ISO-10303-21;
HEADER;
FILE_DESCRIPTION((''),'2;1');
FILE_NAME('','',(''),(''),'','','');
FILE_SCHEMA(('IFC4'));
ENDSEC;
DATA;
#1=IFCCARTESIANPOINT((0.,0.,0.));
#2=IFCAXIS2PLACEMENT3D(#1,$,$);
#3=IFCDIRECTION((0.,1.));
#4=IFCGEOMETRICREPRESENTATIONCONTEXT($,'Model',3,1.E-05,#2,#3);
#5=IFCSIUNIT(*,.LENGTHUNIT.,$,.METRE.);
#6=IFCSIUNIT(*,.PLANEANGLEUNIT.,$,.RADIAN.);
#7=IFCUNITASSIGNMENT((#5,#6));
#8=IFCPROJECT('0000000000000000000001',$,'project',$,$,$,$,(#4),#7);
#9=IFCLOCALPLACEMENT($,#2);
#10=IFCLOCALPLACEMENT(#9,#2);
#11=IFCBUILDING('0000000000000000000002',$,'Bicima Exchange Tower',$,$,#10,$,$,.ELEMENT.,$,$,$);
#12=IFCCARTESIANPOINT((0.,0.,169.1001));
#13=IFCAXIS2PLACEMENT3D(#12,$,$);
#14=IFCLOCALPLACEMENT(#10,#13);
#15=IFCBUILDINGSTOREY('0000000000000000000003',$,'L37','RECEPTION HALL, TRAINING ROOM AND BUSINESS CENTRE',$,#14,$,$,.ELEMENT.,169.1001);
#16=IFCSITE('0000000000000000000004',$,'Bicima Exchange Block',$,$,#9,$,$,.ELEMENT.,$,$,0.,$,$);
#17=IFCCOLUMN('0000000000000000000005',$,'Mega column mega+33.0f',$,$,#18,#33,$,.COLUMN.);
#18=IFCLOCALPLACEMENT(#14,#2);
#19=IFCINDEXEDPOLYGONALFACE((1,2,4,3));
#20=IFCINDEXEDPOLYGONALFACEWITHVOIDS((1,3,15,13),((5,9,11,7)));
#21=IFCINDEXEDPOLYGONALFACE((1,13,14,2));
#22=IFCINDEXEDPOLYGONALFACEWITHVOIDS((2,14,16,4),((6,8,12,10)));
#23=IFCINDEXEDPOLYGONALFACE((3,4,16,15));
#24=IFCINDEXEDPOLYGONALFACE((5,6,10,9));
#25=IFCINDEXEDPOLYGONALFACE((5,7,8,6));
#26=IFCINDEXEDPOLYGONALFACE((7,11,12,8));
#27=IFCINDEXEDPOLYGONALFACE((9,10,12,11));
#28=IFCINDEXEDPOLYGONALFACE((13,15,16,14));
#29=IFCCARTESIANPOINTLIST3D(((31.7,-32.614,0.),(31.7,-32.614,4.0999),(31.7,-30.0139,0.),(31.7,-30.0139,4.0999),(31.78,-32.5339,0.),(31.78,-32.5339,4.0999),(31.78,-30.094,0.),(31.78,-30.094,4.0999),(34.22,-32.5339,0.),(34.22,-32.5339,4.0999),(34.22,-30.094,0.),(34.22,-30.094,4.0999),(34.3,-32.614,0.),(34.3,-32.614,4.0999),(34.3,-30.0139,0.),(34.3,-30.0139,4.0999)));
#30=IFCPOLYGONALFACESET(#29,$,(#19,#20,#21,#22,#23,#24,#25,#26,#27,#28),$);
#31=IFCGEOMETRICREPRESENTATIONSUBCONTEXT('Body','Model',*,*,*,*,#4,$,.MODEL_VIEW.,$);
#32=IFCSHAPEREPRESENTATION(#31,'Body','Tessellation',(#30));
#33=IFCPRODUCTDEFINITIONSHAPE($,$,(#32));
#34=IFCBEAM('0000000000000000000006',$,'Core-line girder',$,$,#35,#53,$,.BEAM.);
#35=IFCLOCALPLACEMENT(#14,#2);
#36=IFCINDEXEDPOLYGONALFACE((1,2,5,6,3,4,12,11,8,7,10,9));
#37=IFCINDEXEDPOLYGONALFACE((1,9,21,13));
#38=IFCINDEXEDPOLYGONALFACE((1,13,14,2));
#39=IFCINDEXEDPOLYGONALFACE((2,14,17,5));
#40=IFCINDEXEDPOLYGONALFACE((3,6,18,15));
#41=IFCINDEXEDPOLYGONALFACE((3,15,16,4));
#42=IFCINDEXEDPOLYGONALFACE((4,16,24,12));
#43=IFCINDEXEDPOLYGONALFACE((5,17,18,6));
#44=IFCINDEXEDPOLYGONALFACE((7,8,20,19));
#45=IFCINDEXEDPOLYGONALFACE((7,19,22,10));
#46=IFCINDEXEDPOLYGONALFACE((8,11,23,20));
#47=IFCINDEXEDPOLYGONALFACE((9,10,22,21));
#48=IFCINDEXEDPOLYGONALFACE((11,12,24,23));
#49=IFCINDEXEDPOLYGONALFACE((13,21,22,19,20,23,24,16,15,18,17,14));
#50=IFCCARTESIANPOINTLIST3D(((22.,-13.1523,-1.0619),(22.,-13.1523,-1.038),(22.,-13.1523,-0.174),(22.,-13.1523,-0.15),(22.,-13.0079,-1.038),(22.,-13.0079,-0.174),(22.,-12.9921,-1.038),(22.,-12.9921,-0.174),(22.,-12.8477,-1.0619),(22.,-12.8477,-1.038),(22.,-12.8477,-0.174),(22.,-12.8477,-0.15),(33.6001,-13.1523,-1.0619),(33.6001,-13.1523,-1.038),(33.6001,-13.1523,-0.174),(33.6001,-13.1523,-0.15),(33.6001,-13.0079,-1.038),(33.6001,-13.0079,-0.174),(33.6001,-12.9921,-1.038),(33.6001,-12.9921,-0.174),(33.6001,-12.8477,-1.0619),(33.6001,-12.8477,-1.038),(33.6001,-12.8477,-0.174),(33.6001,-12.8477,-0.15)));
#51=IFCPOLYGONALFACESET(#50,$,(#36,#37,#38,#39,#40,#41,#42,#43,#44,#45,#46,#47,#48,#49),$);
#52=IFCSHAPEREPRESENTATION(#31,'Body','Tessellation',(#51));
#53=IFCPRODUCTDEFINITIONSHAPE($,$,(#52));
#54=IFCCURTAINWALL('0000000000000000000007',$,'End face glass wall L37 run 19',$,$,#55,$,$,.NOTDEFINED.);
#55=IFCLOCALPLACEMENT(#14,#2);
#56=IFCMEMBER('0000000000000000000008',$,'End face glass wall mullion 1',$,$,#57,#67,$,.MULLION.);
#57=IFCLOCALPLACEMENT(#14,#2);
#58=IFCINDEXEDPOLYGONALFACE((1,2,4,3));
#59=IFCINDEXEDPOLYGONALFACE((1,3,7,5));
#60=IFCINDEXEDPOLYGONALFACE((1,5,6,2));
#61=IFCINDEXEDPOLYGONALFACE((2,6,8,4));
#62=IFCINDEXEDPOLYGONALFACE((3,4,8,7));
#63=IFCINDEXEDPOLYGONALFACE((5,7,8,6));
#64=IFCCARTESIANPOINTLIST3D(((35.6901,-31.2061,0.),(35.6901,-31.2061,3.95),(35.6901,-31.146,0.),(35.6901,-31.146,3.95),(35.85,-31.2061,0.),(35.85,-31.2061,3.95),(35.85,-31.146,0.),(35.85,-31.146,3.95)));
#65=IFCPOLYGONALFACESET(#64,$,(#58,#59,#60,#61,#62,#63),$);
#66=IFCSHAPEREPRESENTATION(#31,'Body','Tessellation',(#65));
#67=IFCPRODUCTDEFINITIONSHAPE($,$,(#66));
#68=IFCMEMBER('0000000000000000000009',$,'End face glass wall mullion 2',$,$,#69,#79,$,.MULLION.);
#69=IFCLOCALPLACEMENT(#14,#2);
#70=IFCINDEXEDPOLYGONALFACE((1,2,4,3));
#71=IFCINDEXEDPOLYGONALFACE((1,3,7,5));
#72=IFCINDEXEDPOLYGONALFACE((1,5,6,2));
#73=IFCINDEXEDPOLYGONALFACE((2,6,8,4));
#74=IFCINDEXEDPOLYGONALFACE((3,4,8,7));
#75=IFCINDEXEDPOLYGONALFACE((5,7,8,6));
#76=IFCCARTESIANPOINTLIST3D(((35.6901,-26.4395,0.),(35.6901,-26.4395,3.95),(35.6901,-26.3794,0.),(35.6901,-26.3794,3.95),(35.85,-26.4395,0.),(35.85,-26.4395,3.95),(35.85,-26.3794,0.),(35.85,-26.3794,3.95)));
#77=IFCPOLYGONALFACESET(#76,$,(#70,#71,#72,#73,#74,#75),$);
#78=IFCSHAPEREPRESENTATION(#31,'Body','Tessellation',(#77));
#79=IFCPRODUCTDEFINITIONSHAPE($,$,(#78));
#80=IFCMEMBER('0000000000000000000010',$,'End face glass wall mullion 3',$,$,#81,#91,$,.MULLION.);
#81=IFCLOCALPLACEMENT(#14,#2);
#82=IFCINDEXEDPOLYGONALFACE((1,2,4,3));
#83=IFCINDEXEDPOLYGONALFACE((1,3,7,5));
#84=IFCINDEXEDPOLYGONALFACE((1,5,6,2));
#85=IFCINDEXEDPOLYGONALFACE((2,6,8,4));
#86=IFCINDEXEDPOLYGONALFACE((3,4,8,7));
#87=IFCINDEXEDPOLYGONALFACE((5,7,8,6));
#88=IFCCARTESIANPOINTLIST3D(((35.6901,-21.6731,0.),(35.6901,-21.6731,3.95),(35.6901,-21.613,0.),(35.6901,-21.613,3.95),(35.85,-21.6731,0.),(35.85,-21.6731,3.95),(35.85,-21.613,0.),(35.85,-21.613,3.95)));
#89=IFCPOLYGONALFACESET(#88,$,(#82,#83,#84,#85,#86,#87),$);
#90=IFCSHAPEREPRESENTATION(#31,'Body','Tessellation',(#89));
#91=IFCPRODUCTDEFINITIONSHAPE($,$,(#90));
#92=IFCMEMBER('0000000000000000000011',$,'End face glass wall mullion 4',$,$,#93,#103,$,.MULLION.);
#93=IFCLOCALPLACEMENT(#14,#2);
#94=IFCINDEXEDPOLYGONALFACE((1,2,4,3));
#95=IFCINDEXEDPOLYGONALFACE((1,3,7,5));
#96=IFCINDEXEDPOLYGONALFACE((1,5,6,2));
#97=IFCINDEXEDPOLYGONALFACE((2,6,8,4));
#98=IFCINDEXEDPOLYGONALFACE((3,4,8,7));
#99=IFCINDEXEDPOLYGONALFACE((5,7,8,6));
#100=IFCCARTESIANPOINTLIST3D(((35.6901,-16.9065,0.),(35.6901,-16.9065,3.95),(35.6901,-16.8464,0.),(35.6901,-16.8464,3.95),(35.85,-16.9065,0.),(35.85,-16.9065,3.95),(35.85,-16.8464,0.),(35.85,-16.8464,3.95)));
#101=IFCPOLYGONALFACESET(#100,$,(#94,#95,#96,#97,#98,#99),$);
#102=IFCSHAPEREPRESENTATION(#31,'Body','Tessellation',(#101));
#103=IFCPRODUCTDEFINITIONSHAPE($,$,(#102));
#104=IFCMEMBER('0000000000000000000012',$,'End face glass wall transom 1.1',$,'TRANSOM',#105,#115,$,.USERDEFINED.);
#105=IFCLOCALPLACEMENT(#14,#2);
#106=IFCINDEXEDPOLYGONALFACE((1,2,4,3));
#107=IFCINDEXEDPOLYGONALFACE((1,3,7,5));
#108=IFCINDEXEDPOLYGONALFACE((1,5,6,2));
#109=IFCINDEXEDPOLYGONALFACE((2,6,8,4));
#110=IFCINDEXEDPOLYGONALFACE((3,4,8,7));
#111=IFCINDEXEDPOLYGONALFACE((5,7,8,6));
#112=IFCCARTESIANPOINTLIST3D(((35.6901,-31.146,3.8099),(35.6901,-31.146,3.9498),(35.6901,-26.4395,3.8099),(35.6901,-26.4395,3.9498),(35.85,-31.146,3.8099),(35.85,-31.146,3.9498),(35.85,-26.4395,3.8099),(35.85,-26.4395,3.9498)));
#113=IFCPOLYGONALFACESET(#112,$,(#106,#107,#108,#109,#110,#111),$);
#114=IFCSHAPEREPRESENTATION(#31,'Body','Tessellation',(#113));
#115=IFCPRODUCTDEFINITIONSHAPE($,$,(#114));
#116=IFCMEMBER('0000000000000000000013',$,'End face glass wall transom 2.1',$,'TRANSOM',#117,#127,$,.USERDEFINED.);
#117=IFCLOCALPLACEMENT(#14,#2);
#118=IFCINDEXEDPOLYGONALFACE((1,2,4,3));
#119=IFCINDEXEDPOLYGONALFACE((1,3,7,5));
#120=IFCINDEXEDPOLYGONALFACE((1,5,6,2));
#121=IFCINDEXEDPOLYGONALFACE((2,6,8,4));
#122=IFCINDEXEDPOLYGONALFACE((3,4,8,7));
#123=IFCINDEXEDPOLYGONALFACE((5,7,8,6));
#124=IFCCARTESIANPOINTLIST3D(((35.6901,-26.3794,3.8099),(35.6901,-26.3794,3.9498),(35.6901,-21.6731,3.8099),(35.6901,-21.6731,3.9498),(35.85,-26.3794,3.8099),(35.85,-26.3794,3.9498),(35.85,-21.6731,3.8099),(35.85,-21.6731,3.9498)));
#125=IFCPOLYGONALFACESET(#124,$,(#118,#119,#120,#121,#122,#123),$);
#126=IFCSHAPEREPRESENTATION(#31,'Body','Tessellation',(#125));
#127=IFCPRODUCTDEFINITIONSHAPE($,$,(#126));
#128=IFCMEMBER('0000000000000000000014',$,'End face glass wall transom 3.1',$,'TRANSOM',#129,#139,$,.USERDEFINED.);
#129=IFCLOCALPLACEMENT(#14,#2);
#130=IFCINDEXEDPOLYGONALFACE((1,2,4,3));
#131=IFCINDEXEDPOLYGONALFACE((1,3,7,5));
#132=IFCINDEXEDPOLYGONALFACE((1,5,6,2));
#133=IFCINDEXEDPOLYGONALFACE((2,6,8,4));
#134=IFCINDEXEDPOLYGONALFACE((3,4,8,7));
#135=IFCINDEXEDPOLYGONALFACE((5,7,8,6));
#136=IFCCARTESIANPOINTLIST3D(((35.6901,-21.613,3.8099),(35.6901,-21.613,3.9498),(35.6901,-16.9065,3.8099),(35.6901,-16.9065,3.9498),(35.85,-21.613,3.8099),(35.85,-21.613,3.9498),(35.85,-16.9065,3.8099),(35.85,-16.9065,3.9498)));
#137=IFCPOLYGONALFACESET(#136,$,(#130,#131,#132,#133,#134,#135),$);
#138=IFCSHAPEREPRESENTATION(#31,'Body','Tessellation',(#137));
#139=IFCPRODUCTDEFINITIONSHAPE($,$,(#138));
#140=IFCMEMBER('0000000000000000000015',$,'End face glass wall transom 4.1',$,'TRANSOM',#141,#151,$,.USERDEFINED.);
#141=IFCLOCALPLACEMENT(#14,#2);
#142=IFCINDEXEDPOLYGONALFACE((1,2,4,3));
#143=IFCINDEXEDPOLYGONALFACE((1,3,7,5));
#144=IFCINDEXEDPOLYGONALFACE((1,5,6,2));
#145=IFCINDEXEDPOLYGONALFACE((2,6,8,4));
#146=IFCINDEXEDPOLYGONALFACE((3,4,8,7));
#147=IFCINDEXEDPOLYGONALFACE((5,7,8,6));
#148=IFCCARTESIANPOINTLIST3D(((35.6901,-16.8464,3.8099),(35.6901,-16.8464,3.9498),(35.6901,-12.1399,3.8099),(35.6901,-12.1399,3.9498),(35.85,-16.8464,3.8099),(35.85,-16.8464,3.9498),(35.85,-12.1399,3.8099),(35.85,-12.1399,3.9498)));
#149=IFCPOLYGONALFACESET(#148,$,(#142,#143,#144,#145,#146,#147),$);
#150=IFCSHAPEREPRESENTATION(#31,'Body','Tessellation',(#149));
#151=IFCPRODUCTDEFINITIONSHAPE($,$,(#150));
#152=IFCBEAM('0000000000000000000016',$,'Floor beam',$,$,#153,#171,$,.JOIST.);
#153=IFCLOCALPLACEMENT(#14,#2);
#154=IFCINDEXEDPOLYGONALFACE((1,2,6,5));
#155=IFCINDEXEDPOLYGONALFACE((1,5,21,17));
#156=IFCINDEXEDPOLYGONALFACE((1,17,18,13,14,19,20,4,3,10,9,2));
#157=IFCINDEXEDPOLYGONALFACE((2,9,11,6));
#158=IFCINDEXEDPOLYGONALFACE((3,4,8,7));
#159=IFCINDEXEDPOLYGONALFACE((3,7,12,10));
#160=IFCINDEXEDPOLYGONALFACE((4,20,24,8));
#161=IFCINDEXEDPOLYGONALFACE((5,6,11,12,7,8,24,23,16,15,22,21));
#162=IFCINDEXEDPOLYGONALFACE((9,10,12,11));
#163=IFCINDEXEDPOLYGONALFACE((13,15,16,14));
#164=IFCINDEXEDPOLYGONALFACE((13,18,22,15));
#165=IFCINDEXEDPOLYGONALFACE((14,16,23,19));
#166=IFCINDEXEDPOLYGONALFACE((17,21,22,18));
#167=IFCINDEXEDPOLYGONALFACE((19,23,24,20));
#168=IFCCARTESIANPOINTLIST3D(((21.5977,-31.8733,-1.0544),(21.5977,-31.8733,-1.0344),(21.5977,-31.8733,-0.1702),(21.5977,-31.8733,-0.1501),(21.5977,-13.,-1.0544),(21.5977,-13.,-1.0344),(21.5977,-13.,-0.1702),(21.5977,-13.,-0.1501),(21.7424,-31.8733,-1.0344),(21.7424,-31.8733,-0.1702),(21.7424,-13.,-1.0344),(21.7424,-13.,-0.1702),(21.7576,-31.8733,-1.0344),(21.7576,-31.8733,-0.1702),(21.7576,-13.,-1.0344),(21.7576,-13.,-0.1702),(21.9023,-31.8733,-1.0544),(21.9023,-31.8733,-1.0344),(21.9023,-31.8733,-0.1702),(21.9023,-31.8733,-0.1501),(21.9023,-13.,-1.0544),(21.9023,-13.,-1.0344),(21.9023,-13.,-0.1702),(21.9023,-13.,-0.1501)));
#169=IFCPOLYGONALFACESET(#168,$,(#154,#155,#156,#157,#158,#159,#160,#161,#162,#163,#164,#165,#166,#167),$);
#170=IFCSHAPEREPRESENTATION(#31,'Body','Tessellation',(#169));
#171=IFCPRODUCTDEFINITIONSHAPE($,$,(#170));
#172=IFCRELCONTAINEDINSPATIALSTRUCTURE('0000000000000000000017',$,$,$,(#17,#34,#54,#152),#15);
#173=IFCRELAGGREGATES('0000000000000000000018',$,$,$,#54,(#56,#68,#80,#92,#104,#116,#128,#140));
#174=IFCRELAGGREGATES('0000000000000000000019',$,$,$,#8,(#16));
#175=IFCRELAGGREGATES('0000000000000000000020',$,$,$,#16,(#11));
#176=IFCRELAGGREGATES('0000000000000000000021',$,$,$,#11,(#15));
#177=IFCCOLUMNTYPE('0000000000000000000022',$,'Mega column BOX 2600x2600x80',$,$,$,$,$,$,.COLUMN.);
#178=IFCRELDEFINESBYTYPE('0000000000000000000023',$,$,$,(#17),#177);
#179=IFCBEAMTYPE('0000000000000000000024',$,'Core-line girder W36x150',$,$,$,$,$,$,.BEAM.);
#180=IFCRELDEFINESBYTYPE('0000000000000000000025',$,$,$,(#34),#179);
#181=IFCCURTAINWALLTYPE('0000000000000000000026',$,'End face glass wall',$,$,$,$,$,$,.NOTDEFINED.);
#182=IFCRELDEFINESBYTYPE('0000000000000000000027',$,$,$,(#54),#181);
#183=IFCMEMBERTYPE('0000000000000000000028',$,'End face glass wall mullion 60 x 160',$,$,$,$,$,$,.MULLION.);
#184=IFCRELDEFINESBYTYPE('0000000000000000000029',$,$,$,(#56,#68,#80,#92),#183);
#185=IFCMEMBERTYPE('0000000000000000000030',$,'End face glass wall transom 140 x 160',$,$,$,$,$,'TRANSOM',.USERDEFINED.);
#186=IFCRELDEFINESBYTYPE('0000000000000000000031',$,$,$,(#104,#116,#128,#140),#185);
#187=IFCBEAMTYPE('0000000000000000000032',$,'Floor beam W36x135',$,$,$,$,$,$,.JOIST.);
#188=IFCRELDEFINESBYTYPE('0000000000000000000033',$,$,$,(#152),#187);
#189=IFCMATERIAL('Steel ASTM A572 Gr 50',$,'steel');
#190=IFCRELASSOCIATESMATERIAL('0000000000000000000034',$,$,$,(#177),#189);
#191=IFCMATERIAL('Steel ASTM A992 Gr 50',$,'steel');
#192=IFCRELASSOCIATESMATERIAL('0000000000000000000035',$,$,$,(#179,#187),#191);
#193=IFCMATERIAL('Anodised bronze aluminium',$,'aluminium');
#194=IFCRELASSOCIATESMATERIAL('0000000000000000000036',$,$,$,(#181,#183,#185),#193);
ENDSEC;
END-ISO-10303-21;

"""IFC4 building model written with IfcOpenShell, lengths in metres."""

from ifc_helpers import new_model, si_unit, direction, frame, origin, origin_2d, place, context, subcontext, project, spatial, rectangle, hollow_rectangle, i_section, extrude, material, material_profile, profile_set, type_object, element, aggregate, save


model = new_model("IFC4")

# Units and contexts
model_context = context("Model", 3, precision=1e-05, world=origin(), true_north=direction((0.0, 1.0)))
body_context = subcontext(model_context, "Body", "Model", "MODEL_VIEW")
ifc_project = project(units=[si_unit("LENGTHUNIT", "METRE"), si_unit("PLANEANGLEUNIT", "RADIAN")], contexts=[model_context])

# Site, building, storey
site_placement = place(None, origin())
site = spatial("IfcSite", under=ifc_project, at=site_placement, Name="Bicima Exchange Block", CompositionType="ELEMENT", RefElevation=0.0)
building_placement = place(site_placement, origin())
building = spatial("IfcBuilding", under=site, at=building_placement, Name="Bicima Exchange Tower", CompositionType="ELEMENT")
storey_placement = place(building_placement, frame((0.0, 0.0, 169.1001)))
storey = spatial("IfcBuildingStorey", under=building, at=storey_placement, Name="L37", Description="RECEPTION HALL, TRAINING ROOM AND BUSINESS CENTRE", CompositionType="ELEMENT", Elevation=169.1001)

# Column
ifc_material_1 = material(Name="Steel ASTM A572 Gr 50", Category="steel")
ifc_material_profile_1 = material_profile(ifc_material_1, hollow_rectangle(XDim=2.6001, YDim=2.6001, WallThickness=0.0801, at=origin_2d()))
ifc_profile_set_1 = profile_set([ifc_material_profile_1], Name="Steel ASTM A572 Gr 50")
column_type = type_object("IfcColumnType", Name="Mega column BOX 2600x2600x80", PredefinedType="COLUMN", material=ifc_profile_set_1)
column_placement = place(storey_placement, frame((33.0, -31.314, 0.0), z_axis=(0.0, 0.0, 1.0), x_axis=(1.0, 0.0, 0.0)))
element("IfcColumn", 1, at=column_placement, inside=storey, type_object=column_type, Name="Mega column mega+33.0f", PredefinedType="COLUMN", context=body_context, shape_type="SweptSolid", body=[
    extrude(hollow_rectangle(XDim=2.6001, YDim=2.6001, WallThickness=0.0801, at=origin_2d()), origin(), (0.0, 0.0, 1.0), 4.0999),
])

# Beam
ifc_material_2 = material(Name="Steel ASTM A992 Gr 50", Category="steel")
ifc_material_profile_2 = material_profile(ifc_material_2, i_section(OverallWidth=0.3047, OverallDepth=0.9119, WebThickness=0.0159, FlangeThickness=0.0239, at=origin_2d()))
ifc_profile_set_2 = profile_set([ifc_material_profile_2], Name="Steel ASTM A992 Gr 50")
beam_type_1 = type_object("IfcBeamType", Name="Core-line girder W36x150", PredefinedType="BEAM", material=ifc_profile_set_2)
beam_1_placement = place(storey_placement, frame((22.0, -13.0, -0.606), z_axis=(1.0, 0.0, 0.0), x_axis=(0.0, 1.0, 0.0)))
element("IfcBeam", 2, at=beam_1_placement, inside=storey, type_object=beam_type_1, Name="Core-line girder", PredefinedType="BEAM", context=body_context, shape_type="SweptSolid", body=[
    extrude(i_section(OverallWidth=0.3047, OverallDepth=0.9119, WebThickness=0.0159, FlangeThickness=0.0239, at=origin_2d()), origin(), (0.0, 0.0, 1.0), 11.6001),
])

# Curtain wall, members
ifc_material_3 = material(Name="Anodised bronze aluminium", Category="aluminium")
curtain_wall_type_1 = type_object("IfcCurtainWallType", Name="End face glass wall", PredefinedType="NOTDEFINED", material=ifc_material_3)
curtain_wall_1_placement = place(storey_placement, origin())
curtain_wall_1 = element("IfcCurtainWall", 3, at=curtain_wall_1_placement, inside=storey, type_object=curtain_wall_type_1, Name="End face glass wall L37 run 19", PredefinedType="NOTDEFINED")
ifc_material_profile_3 = material_profile(ifc_material_3, rectangle(XDim=0.1599, YDim=0.0601, at=origin_2d()))
ifc_profile_set_3 = profile_set([ifc_material_profile_3], Name="Anodised bronze aluminium")
member_type_1 = type_object("IfcMemberType", Name="End face glass wall mullion 60 x 160", PredefinedType="MULLION", material=ifc_profile_set_3)
member_1_placement = place(storey_placement, frame((35.77, -31.176, 0.0), z_axis=(0.0, 0.0, 1.0), x_axis=(-1.0, 0.0, 0.0)))
member_1 = element("IfcMember", 4, at=member_1_placement, type_object=member_type_1, Name="End face glass wall mullion 1", PredefinedType="MULLION", context=body_context, shape_type="SweptSolid", body=[
    extrude(rectangle(XDim=0.1599, YDim=0.0601, at=origin_2d()), origin(), (0.0, 0.0, 1.0), 3.95),
])
member_2_placement = place(storey_placement, frame((35.77, -26.4094, 0.0), z_axis=(0.0, 0.0, 1.0), x_axis=(-1.0, 0.0, 0.0)))
member_2 = element("IfcMember", 5, at=member_2_placement, type_object=member_type_1, Name="End face glass wall mullion 2", PredefinedType="MULLION", context=body_context, shape_type="SweptSolid", body=[
    extrude(rectangle(XDim=0.1599, YDim=0.0601, at=origin_2d()), origin(), (0.0, 0.0, 1.0), 3.95),
])
member_3_placement = place(storey_placement, frame((35.77, -21.6431, 0.0), z_axis=(0.0, 0.0, 1.0), x_axis=(-1.0, 0.0, 0.0)))
member_3 = element("IfcMember", 6, at=member_3_placement, type_object=member_type_1, Name="End face glass wall mullion 3", PredefinedType="MULLION", context=body_context, shape_type="SweptSolid", body=[
    extrude(rectangle(XDim=0.1599, YDim=0.0601, at=origin_2d()), origin(), (0.0, 0.0, 1.0), 3.95),
])
member_4_placement = place(storey_placement, frame((35.77, -16.8765, 0.0), z_axis=(0.0, 0.0, 1.0), x_axis=(-1.0, 0.0, 0.0)))
member_4 = element("IfcMember", 7, at=member_4_placement, type_object=member_type_1, Name="End face glass wall mullion 4", PredefinedType="MULLION", context=body_context, shape_type="SweptSolid", body=[
    extrude(rectangle(XDim=0.1599, YDim=0.0601, at=origin_2d()), origin(), (0.0, 0.0, 1.0), 3.95),
])
ifc_material_profile_4 = material_profile(ifc_material_3, rectangle(XDim=0.1599, YDim=0.1399, at=origin_2d()))
ifc_profile_set_4 = profile_set([ifc_material_profile_4], Name="Anodised bronze aluminium")
member_type_2 = type_object("IfcMemberType", Name="End face glass wall transom 140 x 160", ElementType="TRANSOM", PredefinedType="USERDEFINED", material=ifc_profile_set_4)
member_5_placement = place(storey_placement, frame((35.77, -31.146, 3.8799), z_axis=(0.0, 1.0, 0.0), x_axis=(-1.0, 0.0, 0.0)))
member_5 = element("IfcMember", 8, at=member_5_placement, type_object=member_type_2, Name="End face glass wall transom 1.1", ObjectType="TRANSOM", PredefinedType="USERDEFINED", context=body_context, shape_type="SweptSolid", body=[
    extrude(rectangle(XDim=0.1599, YDim=0.1399, at=origin_2d()), origin(), (0.0, 0.0, 1.0), 4.7065),
])
member_6_placement = place(storey_placement, frame((35.77, -26.3794, 3.8799), z_axis=(0.0, 1.0, 0.0), x_axis=(-1.0, 0.0, 0.0)))
member_6 = element("IfcMember", 9, at=member_6_placement, type_object=member_type_2, Name="End face glass wall transom 2.1", ObjectType="TRANSOM", PredefinedType="USERDEFINED", context=body_context, shape_type="SweptSolid", body=[
    extrude(rectangle(XDim=0.1599, YDim=0.1399, at=origin_2d()), origin(), (0.0, 0.0, 1.0), 4.7063),
])
member_7_placement = place(storey_placement, frame((35.77, -21.613, 3.8799), z_axis=(0.0, 1.0, 0.0), x_axis=(-1.0, 0.0, 0.0)))
member_7 = element("IfcMember", 10, at=member_7_placement, type_object=member_type_2, Name="End face glass wall transom 3.1", ObjectType="TRANSOM", PredefinedType="USERDEFINED", context=body_context, shape_type="SweptSolid", body=[
    extrude(rectangle(XDim=0.1599, YDim=0.1399, at=origin_2d()), origin(), (0.0, 0.0, 1.0), 4.7065),
])
member_8_placement = place(storey_placement, frame((35.77, -16.8464, 3.8799), z_axis=(0.0, 1.0, 0.0), x_axis=(-1.0, 0.0, 0.0)))
member_8 = element("IfcMember", 11, at=member_8_placement, type_object=member_type_2, Name="End face glass wall transom 4.1", ObjectType="TRANSOM", PredefinedType="USERDEFINED", context=body_context, shape_type="SweptSolid", body=[
    extrude(rectangle(XDim=0.1599, YDim=0.1399, at=origin_2d()), origin(), (0.0, 0.0, 1.0), 4.7065),
])

# Beam
ifc_material_profile_5 = material_profile(ifc_material_2, i_section(OverallWidth=0.3047, OverallDepth=0.9043, WebThickness=0.0151, FlangeThickness=0.02, at=origin_2d()))
ifc_profile_set_5 = profile_set([ifc_material_profile_5], Name="Steel ASTM A992 Gr 50")
beam_type_2 = type_object("IfcBeamType", Name="Floor beam W36x135", PredefinedType="JOIST", material=ifc_profile_set_5)
beam_2_placement = place(storey_placement, frame((21.75, -13.0, -0.6023), z_axis=(0.0, -1.0, 0.0), x_axis=(1.0, 0.0, 0.0)))
element("IfcBeam", 12, at=beam_2_placement, inside=storey, type_object=beam_type_2, Name="Floor beam", PredefinedType="JOIST", context=body_context, shape_type="SweptSolid", body=[
    extrude(i_section(OverallWidth=0.3047, OverallDepth=0.9043, WebThickness=0.0151, FlangeThickness=0.02, at=origin_2d()), origin(), (0.0, 0.0, 1.0), 18.8733),
])

aggregate(curtain_wall_1, [member_1, member_2, member_3, member_4, member_5, member_6, member_7, member_8])

save(model, "model.ifc")
